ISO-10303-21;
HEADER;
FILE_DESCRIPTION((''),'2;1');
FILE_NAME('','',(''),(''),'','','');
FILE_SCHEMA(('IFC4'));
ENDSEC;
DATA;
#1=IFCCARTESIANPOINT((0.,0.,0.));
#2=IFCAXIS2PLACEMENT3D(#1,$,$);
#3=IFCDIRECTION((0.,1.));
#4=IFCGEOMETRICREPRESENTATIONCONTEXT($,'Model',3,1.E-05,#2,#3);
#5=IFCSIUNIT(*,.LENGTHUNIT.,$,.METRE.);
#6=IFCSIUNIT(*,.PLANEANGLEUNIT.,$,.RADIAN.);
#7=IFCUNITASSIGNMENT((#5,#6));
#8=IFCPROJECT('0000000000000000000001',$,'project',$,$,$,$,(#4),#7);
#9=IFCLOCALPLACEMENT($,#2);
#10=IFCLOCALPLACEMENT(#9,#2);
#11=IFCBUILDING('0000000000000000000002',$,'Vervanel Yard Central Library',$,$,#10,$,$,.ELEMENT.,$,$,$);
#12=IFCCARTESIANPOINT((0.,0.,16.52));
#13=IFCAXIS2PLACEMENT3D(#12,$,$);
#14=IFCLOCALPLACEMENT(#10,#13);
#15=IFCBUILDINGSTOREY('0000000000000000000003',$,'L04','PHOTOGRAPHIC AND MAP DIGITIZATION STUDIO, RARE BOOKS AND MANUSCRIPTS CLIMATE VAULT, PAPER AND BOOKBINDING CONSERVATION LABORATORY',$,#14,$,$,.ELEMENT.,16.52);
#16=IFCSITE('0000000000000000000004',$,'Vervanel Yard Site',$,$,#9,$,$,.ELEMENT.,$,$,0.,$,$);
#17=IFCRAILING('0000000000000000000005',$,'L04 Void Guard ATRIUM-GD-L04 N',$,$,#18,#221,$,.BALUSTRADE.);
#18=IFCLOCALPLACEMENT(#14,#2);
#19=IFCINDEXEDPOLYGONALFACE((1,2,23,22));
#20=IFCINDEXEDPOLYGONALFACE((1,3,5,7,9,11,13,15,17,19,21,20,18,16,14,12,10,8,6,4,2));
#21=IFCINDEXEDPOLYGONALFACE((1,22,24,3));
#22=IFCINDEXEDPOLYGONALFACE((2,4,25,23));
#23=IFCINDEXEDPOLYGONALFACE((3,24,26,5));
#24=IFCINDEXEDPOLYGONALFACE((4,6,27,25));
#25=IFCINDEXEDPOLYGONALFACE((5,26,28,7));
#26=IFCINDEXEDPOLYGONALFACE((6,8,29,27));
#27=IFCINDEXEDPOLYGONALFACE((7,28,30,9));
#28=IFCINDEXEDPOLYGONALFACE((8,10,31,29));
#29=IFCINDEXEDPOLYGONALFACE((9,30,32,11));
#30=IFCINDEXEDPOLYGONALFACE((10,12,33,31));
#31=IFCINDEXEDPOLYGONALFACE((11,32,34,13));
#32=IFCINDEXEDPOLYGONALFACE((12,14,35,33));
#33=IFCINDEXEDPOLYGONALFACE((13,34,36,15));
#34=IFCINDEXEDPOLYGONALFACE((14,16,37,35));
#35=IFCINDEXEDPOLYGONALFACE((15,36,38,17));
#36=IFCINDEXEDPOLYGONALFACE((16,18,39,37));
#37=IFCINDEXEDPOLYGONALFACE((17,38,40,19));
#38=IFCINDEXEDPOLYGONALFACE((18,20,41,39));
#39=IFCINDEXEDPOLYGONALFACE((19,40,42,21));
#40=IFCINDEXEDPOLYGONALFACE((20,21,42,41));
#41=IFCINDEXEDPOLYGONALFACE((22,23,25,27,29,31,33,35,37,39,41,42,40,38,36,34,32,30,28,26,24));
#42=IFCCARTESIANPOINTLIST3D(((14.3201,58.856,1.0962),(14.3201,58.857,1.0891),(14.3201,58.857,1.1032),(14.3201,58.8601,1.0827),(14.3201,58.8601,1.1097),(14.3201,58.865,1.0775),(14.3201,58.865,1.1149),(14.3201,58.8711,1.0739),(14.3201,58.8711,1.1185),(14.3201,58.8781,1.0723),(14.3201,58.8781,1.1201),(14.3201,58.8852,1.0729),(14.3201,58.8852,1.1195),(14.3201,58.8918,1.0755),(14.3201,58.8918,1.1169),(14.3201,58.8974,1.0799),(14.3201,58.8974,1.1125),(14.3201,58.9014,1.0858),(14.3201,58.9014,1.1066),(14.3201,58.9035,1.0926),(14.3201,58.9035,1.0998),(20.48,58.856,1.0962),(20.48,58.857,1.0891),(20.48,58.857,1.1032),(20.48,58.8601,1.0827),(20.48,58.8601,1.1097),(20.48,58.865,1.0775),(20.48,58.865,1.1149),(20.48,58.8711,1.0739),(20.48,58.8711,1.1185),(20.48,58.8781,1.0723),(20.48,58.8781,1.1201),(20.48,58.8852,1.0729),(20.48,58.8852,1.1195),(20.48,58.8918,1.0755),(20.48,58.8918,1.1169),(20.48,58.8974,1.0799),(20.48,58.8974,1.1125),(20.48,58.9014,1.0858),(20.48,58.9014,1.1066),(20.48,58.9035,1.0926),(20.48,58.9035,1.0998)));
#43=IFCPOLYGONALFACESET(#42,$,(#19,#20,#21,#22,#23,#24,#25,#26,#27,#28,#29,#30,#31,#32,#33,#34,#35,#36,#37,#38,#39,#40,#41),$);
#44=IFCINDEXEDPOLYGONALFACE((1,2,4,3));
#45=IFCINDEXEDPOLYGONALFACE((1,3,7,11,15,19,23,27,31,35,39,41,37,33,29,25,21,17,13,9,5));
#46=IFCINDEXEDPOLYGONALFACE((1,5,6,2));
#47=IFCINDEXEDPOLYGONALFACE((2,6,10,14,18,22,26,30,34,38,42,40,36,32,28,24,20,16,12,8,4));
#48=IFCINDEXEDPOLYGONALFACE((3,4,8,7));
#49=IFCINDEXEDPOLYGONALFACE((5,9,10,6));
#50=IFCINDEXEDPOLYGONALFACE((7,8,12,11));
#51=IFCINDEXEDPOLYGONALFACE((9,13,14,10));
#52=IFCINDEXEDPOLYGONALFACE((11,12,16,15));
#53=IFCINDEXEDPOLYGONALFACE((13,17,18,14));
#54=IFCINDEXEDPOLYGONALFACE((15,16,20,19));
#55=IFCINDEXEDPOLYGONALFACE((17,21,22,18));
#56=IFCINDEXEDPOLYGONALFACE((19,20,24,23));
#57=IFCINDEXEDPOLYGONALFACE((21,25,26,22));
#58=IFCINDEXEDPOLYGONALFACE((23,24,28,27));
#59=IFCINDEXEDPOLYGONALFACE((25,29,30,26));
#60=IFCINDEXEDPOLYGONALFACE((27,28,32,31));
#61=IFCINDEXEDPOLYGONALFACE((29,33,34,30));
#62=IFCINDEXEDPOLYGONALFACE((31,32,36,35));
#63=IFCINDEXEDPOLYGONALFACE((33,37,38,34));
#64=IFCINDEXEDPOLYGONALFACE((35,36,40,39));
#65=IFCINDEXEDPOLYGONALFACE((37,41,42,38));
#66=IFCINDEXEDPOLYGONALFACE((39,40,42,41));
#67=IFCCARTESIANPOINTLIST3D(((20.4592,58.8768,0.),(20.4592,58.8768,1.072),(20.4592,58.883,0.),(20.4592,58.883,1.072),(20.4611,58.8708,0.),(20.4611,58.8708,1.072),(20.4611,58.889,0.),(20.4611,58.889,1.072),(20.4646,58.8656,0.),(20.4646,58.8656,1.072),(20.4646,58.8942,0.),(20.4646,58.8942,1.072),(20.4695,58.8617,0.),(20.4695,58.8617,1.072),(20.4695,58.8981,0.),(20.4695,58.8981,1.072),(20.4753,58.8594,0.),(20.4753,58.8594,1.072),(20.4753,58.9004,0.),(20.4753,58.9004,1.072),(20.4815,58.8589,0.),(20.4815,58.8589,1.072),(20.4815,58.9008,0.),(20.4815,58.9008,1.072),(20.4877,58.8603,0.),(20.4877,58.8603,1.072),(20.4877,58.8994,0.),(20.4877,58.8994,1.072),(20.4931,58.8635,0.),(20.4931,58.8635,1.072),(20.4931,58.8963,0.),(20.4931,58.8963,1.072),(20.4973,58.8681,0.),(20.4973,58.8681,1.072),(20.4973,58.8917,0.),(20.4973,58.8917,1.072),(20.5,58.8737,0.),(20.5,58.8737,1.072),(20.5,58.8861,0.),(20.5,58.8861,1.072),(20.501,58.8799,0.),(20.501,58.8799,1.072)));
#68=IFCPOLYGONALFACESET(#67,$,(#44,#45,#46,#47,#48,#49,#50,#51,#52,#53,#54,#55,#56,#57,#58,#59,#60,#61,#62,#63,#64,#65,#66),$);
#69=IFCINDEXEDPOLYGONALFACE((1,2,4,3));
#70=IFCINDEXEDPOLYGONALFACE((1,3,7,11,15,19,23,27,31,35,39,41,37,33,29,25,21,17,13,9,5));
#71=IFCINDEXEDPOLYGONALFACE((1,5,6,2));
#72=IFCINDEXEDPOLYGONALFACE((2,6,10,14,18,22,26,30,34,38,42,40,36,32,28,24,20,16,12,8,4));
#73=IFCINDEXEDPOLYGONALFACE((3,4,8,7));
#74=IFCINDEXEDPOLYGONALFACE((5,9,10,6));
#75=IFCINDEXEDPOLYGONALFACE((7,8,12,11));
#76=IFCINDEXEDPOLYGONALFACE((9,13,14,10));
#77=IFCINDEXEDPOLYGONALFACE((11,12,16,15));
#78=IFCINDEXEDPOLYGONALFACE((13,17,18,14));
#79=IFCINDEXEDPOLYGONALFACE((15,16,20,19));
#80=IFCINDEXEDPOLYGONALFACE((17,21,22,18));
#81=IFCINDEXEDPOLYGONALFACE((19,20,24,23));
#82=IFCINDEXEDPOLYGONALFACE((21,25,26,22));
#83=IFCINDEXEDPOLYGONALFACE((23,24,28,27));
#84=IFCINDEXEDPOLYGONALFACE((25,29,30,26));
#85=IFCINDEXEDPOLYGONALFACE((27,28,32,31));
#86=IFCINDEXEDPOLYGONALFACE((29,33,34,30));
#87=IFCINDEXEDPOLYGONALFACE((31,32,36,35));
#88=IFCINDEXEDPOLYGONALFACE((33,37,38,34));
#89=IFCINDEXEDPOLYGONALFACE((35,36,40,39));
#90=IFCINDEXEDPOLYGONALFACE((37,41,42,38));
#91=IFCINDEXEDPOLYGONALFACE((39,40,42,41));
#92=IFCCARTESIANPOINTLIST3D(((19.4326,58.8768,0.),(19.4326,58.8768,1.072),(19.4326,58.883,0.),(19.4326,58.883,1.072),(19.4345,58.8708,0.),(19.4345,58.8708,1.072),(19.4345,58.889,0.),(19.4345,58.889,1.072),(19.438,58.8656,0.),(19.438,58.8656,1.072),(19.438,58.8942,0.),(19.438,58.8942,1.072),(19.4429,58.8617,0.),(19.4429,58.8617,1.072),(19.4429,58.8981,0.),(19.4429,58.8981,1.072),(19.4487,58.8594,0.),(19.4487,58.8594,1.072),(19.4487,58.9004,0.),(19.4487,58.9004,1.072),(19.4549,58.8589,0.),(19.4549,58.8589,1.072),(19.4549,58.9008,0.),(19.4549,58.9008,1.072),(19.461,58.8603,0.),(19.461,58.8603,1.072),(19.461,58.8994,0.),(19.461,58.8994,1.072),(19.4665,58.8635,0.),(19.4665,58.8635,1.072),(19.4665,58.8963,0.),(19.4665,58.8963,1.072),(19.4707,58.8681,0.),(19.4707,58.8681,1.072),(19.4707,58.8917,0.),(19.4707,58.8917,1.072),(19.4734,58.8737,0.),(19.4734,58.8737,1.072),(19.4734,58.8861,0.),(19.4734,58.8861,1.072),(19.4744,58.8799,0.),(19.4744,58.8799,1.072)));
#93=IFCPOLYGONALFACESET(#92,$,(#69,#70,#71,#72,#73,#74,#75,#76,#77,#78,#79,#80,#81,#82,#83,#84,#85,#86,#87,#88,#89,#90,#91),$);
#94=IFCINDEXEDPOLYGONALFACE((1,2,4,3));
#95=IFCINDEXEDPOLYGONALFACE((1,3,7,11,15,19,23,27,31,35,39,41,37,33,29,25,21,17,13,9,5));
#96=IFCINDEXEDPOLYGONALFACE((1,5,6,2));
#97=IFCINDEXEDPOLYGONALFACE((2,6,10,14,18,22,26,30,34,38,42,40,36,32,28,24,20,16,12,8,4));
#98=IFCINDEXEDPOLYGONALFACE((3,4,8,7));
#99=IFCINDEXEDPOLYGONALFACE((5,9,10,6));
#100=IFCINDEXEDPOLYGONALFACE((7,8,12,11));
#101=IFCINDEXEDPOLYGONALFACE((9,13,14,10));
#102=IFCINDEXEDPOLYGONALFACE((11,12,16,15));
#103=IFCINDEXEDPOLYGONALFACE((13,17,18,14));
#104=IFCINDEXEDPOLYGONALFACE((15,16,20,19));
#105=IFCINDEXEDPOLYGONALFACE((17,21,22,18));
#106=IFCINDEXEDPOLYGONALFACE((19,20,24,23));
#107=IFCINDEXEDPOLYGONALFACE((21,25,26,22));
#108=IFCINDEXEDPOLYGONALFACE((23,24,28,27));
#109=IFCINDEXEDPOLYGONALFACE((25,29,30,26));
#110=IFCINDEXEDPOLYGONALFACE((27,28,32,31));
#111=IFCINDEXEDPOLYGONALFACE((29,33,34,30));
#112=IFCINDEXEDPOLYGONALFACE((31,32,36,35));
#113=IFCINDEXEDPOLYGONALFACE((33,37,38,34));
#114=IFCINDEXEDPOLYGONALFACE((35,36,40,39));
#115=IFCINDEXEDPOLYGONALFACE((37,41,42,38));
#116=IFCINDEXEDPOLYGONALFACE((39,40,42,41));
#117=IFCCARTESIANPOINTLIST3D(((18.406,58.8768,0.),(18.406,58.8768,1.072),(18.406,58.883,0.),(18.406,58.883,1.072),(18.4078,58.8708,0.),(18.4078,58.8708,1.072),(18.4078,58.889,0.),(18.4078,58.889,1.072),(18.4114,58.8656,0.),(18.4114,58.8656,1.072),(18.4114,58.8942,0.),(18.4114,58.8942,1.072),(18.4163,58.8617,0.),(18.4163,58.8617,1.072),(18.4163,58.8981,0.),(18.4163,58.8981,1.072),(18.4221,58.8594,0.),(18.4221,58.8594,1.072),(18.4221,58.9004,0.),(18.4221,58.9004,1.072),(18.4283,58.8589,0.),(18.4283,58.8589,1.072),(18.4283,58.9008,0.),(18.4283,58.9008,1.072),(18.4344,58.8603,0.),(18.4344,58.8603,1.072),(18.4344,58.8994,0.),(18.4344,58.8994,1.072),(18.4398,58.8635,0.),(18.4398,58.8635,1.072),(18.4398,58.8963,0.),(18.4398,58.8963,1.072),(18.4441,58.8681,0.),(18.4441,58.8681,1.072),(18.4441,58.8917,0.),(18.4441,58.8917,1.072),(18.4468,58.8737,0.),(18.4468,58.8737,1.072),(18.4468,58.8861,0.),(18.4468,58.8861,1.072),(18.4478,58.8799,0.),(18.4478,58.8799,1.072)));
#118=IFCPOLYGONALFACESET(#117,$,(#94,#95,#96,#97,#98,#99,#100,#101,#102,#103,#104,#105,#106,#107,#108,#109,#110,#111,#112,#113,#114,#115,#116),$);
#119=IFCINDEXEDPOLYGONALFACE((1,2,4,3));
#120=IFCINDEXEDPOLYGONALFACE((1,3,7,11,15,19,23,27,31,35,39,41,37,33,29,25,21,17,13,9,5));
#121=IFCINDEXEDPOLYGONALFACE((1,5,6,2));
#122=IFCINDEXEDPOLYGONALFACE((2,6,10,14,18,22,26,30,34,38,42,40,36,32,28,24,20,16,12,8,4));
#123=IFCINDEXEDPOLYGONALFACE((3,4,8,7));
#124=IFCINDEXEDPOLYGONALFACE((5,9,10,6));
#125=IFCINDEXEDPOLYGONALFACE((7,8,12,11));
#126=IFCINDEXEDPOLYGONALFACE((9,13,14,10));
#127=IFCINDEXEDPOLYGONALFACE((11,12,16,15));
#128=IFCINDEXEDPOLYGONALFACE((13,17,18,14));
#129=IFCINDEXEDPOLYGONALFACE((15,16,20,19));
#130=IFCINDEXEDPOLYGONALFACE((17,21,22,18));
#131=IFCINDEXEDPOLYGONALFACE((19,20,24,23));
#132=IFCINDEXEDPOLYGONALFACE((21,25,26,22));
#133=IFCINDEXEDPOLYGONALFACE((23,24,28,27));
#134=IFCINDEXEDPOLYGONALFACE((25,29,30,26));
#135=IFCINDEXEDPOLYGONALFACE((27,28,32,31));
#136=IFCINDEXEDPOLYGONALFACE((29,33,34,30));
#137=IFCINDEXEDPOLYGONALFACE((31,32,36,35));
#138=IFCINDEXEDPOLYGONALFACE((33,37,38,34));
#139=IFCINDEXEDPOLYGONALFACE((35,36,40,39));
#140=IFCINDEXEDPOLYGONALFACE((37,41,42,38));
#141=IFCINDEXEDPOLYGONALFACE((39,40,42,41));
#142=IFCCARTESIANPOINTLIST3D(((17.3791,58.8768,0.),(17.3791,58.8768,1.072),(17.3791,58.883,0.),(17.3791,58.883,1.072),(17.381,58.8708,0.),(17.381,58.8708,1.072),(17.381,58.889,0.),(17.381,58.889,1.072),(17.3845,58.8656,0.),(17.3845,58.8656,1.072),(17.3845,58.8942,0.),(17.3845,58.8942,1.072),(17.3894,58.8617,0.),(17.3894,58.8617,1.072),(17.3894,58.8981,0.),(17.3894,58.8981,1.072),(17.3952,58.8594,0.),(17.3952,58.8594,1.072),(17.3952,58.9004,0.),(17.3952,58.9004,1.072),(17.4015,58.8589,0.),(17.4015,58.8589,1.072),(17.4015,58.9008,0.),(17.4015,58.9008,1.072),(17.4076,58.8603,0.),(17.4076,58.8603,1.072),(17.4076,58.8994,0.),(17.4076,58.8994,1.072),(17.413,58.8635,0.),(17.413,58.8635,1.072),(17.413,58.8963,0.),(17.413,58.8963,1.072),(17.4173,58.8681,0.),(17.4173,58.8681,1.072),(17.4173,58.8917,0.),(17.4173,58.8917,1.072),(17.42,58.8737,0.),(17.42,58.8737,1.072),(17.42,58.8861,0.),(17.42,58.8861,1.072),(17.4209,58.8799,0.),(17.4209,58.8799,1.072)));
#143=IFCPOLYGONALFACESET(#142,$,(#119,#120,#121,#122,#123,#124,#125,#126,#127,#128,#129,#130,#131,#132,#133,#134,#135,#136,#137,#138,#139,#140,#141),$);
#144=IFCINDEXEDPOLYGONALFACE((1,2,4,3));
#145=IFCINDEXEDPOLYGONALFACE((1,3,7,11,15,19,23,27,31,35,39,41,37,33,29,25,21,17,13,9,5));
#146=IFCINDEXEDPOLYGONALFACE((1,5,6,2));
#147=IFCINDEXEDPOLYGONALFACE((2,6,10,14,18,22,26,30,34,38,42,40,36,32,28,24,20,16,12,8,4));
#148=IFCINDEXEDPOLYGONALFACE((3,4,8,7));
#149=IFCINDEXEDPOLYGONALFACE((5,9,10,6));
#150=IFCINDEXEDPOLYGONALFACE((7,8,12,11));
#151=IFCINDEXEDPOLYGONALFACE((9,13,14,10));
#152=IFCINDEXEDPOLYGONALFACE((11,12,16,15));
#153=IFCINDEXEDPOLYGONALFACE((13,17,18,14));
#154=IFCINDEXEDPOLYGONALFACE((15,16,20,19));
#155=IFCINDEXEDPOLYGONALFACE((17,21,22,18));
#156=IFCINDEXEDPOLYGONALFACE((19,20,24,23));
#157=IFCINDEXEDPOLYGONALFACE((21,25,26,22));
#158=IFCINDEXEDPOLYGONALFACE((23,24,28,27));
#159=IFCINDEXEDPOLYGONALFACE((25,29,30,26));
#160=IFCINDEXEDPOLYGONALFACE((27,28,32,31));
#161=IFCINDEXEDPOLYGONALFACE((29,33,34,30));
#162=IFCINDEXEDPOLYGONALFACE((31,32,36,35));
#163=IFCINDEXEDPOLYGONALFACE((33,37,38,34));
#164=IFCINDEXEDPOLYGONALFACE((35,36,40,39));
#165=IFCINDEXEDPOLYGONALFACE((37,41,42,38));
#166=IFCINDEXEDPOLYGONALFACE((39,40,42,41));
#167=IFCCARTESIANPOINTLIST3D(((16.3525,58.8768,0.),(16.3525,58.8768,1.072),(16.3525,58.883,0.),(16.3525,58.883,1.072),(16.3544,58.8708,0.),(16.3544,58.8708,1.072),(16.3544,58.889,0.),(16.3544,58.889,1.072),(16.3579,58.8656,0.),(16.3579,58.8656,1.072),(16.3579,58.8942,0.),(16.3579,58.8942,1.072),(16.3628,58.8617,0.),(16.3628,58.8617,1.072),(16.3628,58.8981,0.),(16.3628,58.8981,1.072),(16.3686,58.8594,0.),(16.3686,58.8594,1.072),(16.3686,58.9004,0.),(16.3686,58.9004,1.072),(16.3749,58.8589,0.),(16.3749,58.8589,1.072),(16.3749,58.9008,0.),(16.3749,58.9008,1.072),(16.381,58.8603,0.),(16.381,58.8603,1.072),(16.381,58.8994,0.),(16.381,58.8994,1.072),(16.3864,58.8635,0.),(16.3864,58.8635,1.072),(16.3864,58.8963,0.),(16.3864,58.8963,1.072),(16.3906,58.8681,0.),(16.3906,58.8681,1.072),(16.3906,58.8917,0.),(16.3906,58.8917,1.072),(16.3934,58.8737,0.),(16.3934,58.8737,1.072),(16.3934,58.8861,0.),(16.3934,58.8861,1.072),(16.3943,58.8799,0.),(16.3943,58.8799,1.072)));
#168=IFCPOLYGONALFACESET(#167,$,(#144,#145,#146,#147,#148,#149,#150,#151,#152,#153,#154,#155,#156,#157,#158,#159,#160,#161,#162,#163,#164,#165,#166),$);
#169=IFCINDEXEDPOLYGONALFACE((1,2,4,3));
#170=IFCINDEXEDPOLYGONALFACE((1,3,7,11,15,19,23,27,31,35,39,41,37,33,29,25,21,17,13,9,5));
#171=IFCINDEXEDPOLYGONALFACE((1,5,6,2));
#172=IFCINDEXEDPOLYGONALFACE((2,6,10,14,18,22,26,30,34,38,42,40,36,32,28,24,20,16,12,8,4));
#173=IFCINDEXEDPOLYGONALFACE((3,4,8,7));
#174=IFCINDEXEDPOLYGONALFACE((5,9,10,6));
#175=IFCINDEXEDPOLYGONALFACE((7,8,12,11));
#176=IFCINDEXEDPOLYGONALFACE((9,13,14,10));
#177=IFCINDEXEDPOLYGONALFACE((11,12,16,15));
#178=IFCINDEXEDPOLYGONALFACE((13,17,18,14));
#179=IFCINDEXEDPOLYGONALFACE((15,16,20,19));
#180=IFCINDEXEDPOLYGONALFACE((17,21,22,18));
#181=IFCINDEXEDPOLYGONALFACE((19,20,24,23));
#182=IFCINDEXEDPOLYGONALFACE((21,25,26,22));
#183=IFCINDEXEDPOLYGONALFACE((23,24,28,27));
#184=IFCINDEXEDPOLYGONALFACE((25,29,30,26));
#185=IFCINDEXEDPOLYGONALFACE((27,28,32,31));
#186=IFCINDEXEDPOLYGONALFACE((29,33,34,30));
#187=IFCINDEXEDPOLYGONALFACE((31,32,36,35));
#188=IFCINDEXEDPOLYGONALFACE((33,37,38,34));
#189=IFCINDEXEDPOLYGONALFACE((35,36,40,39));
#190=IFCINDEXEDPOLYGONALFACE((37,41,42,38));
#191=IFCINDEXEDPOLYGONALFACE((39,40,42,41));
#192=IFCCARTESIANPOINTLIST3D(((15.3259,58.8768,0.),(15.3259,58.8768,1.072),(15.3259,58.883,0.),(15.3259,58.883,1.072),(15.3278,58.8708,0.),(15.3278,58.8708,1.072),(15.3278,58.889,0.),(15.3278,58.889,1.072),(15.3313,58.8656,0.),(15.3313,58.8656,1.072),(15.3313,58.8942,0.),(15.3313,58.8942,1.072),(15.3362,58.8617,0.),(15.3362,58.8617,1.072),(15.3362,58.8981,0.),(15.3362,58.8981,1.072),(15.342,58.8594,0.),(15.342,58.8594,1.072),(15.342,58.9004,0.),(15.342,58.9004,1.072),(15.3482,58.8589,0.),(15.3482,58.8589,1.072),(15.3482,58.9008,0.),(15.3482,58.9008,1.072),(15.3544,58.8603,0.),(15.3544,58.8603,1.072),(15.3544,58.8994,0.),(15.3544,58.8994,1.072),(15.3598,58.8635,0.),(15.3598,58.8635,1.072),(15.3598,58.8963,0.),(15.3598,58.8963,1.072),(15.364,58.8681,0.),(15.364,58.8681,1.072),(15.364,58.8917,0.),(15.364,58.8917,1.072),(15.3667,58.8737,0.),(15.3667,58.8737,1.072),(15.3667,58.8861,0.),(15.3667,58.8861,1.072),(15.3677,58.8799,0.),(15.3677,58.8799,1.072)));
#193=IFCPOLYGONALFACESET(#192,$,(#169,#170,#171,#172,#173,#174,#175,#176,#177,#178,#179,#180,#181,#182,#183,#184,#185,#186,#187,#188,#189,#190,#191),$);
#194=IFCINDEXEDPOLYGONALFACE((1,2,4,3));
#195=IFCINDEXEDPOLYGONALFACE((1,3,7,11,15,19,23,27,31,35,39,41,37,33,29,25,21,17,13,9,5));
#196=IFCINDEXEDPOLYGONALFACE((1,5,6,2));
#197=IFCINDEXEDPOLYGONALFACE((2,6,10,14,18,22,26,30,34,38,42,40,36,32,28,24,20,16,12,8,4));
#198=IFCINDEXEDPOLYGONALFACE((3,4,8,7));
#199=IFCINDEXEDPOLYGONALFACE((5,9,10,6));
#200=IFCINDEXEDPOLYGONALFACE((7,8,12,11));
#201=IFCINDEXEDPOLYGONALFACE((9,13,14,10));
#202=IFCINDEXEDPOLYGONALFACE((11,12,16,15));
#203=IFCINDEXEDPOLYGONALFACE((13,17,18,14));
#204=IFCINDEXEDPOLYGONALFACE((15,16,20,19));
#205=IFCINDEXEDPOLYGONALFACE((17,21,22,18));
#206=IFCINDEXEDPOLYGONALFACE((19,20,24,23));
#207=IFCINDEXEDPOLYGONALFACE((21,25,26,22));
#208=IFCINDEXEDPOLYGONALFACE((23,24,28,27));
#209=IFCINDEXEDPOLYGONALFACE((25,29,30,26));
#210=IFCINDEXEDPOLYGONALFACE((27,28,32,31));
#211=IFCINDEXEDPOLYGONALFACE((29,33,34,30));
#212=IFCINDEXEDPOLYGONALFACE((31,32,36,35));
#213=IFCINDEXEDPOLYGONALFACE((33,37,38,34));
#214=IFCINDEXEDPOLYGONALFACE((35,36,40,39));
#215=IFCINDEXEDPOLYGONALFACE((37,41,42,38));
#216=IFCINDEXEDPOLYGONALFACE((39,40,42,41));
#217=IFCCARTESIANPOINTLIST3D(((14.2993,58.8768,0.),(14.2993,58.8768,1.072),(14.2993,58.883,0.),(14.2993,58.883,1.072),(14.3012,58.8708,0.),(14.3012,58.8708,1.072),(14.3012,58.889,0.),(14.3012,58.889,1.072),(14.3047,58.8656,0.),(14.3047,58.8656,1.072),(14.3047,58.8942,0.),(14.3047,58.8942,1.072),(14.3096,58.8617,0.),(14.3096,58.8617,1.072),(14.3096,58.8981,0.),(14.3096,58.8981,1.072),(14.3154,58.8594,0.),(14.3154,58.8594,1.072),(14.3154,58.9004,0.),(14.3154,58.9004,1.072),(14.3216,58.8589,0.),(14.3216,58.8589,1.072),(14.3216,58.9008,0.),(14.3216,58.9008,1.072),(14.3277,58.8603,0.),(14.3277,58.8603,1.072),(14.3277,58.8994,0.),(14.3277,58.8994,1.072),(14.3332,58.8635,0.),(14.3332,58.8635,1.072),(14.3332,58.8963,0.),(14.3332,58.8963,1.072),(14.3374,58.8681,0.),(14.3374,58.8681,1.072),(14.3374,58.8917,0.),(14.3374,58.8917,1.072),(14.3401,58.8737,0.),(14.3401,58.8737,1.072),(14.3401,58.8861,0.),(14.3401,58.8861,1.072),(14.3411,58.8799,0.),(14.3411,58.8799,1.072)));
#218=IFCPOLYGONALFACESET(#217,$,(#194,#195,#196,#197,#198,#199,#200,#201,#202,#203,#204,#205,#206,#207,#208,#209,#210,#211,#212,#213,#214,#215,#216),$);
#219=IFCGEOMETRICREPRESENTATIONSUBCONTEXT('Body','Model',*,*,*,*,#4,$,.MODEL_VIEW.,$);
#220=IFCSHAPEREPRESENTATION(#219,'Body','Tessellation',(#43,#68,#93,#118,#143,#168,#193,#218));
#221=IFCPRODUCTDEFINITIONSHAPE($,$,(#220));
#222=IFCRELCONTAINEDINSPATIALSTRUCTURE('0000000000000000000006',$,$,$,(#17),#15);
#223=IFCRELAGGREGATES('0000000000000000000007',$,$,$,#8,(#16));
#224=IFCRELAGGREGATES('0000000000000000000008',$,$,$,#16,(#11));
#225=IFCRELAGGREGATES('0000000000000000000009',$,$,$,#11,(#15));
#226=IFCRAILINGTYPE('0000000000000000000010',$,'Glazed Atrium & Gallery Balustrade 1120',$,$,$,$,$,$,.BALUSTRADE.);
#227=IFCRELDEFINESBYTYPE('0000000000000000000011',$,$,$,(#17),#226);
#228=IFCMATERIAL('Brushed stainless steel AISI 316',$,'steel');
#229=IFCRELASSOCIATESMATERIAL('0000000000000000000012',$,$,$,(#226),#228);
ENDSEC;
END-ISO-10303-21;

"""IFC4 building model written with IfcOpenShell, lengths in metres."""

from ifc_helpers import new_model, si_unit, direction, frame, origin, origin_2d, place, context, subcontext, project, spatial, circle, extrude, material, type_object, element, save


model = new_model("IFC4")

# Units and contexts
model_context = context("Model", 3, precision=1e-05, world=origin(), true_north=direction((0.0, 1.0)))
body_context = subcontext(model_context, "Body", "Model", "MODEL_VIEW")
ifc_project = project(units=[si_unit("LENGTHUNIT", "METRE"), si_unit("PLANEANGLEUNIT", "RADIAN")], contexts=[model_context])

# Site, building, storey
site_placement = place(None, origin())
site = spatial("IfcSite", under=ifc_project, at=site_placement, Name="Vervanel Yard Site", CompositionType="ELEMENT", RefElevation=0.0)
building_placement = place(site_placement, origin())
building = spatial("IfcBuilding", under=site, at=building_placement, Name="Vervanel Yard Central Library", CompositionType="ELEMENT")
storey_placement = place(building_placement, frame((0.0, 0.0, 16.52)))
storey = spatial("IfcBuildingStorey", under=building, at=storey_placement, Name="L04", Description="PHOTOGRAPHIC AND MAP DIGITIZATION STUDIO, RARE BOOKS AND MANUSCRIPTS CLIMATE VAULT, PAPER AND BOOKBINDING CONSERVATION LABORATORY", CompositionType="ELEMENT", Elevation=16.52)

# Railing
ifc_material_1 = material(Name="Brushed stainless steel AISI 316", Category="steel")
railing_type_1 = type_object("IfcRailingType", Name="Glazed Atrium & Gallery Balustrade 1120", PredefinedType="BALUSTRADE", material=ifc_material_1)
railing_1_placement = place(storey_placement, frame((20.48, 58.8799, 0.0)))
element("IfcRailing", 1, at=railing_1_placement, inside=storey, type_object=railing_type_1, Name="L04 Void Guard ATRIUM-GD-L04 N", PredefinedType="BALUSTRADE", context=body_context, shape_type="SweptSolid", body=[
    extrude(circle(Radius=0.0239, at=origin_2d()), frame((0.0, 0.0, 1.0962), z_axis=(-1.0, 0.0, 0.0), x_axis=(0.0, -1.0, 0.0)), (0.0, 0.0, 1.0), 6.1599),
    extrude(circle(Radius=0.021, at=origin_2d()), origin(), (0.0, 0.0, 1.0), 1.072),
    extrude(circle(Radius=0.021, at=origin_2d()), frame((-1.0266, 0.0, 0.0)), (0.0, 0.0, 1.0), 1.072),
    extrude(circle(Radius=0.021, at=origin_2d()), frame((-2.0532, 0.0, 0.0)), (0.0, 0.0, 1.0), 1.072),
    extrude(circle(Radius=0.021, at=origin_2d()), frame((-3.0801, 0.0, 0.0)), (0.0, 0.0, 1.0), 1.072),
    extrude(circle(Radius=0.021, at=origin_2d()), frame((-4.1067, 0.0, 0.0)), (0.0, 0.0, 1.0), 1.072),
    extrude(circle(Radius=0.021, at=origin_2d()), frame((-5.1333, 0.0, 0.0)), (0.0, 0.0, 1.0), 1.072),
    extrude(circle(Radius=0.021, at=origin_2d()), frame((-6.1599, 0.0, 0.0)), (0.0, 0.0, 1.0), 1.072),
])

save(model, "model.ifc")
